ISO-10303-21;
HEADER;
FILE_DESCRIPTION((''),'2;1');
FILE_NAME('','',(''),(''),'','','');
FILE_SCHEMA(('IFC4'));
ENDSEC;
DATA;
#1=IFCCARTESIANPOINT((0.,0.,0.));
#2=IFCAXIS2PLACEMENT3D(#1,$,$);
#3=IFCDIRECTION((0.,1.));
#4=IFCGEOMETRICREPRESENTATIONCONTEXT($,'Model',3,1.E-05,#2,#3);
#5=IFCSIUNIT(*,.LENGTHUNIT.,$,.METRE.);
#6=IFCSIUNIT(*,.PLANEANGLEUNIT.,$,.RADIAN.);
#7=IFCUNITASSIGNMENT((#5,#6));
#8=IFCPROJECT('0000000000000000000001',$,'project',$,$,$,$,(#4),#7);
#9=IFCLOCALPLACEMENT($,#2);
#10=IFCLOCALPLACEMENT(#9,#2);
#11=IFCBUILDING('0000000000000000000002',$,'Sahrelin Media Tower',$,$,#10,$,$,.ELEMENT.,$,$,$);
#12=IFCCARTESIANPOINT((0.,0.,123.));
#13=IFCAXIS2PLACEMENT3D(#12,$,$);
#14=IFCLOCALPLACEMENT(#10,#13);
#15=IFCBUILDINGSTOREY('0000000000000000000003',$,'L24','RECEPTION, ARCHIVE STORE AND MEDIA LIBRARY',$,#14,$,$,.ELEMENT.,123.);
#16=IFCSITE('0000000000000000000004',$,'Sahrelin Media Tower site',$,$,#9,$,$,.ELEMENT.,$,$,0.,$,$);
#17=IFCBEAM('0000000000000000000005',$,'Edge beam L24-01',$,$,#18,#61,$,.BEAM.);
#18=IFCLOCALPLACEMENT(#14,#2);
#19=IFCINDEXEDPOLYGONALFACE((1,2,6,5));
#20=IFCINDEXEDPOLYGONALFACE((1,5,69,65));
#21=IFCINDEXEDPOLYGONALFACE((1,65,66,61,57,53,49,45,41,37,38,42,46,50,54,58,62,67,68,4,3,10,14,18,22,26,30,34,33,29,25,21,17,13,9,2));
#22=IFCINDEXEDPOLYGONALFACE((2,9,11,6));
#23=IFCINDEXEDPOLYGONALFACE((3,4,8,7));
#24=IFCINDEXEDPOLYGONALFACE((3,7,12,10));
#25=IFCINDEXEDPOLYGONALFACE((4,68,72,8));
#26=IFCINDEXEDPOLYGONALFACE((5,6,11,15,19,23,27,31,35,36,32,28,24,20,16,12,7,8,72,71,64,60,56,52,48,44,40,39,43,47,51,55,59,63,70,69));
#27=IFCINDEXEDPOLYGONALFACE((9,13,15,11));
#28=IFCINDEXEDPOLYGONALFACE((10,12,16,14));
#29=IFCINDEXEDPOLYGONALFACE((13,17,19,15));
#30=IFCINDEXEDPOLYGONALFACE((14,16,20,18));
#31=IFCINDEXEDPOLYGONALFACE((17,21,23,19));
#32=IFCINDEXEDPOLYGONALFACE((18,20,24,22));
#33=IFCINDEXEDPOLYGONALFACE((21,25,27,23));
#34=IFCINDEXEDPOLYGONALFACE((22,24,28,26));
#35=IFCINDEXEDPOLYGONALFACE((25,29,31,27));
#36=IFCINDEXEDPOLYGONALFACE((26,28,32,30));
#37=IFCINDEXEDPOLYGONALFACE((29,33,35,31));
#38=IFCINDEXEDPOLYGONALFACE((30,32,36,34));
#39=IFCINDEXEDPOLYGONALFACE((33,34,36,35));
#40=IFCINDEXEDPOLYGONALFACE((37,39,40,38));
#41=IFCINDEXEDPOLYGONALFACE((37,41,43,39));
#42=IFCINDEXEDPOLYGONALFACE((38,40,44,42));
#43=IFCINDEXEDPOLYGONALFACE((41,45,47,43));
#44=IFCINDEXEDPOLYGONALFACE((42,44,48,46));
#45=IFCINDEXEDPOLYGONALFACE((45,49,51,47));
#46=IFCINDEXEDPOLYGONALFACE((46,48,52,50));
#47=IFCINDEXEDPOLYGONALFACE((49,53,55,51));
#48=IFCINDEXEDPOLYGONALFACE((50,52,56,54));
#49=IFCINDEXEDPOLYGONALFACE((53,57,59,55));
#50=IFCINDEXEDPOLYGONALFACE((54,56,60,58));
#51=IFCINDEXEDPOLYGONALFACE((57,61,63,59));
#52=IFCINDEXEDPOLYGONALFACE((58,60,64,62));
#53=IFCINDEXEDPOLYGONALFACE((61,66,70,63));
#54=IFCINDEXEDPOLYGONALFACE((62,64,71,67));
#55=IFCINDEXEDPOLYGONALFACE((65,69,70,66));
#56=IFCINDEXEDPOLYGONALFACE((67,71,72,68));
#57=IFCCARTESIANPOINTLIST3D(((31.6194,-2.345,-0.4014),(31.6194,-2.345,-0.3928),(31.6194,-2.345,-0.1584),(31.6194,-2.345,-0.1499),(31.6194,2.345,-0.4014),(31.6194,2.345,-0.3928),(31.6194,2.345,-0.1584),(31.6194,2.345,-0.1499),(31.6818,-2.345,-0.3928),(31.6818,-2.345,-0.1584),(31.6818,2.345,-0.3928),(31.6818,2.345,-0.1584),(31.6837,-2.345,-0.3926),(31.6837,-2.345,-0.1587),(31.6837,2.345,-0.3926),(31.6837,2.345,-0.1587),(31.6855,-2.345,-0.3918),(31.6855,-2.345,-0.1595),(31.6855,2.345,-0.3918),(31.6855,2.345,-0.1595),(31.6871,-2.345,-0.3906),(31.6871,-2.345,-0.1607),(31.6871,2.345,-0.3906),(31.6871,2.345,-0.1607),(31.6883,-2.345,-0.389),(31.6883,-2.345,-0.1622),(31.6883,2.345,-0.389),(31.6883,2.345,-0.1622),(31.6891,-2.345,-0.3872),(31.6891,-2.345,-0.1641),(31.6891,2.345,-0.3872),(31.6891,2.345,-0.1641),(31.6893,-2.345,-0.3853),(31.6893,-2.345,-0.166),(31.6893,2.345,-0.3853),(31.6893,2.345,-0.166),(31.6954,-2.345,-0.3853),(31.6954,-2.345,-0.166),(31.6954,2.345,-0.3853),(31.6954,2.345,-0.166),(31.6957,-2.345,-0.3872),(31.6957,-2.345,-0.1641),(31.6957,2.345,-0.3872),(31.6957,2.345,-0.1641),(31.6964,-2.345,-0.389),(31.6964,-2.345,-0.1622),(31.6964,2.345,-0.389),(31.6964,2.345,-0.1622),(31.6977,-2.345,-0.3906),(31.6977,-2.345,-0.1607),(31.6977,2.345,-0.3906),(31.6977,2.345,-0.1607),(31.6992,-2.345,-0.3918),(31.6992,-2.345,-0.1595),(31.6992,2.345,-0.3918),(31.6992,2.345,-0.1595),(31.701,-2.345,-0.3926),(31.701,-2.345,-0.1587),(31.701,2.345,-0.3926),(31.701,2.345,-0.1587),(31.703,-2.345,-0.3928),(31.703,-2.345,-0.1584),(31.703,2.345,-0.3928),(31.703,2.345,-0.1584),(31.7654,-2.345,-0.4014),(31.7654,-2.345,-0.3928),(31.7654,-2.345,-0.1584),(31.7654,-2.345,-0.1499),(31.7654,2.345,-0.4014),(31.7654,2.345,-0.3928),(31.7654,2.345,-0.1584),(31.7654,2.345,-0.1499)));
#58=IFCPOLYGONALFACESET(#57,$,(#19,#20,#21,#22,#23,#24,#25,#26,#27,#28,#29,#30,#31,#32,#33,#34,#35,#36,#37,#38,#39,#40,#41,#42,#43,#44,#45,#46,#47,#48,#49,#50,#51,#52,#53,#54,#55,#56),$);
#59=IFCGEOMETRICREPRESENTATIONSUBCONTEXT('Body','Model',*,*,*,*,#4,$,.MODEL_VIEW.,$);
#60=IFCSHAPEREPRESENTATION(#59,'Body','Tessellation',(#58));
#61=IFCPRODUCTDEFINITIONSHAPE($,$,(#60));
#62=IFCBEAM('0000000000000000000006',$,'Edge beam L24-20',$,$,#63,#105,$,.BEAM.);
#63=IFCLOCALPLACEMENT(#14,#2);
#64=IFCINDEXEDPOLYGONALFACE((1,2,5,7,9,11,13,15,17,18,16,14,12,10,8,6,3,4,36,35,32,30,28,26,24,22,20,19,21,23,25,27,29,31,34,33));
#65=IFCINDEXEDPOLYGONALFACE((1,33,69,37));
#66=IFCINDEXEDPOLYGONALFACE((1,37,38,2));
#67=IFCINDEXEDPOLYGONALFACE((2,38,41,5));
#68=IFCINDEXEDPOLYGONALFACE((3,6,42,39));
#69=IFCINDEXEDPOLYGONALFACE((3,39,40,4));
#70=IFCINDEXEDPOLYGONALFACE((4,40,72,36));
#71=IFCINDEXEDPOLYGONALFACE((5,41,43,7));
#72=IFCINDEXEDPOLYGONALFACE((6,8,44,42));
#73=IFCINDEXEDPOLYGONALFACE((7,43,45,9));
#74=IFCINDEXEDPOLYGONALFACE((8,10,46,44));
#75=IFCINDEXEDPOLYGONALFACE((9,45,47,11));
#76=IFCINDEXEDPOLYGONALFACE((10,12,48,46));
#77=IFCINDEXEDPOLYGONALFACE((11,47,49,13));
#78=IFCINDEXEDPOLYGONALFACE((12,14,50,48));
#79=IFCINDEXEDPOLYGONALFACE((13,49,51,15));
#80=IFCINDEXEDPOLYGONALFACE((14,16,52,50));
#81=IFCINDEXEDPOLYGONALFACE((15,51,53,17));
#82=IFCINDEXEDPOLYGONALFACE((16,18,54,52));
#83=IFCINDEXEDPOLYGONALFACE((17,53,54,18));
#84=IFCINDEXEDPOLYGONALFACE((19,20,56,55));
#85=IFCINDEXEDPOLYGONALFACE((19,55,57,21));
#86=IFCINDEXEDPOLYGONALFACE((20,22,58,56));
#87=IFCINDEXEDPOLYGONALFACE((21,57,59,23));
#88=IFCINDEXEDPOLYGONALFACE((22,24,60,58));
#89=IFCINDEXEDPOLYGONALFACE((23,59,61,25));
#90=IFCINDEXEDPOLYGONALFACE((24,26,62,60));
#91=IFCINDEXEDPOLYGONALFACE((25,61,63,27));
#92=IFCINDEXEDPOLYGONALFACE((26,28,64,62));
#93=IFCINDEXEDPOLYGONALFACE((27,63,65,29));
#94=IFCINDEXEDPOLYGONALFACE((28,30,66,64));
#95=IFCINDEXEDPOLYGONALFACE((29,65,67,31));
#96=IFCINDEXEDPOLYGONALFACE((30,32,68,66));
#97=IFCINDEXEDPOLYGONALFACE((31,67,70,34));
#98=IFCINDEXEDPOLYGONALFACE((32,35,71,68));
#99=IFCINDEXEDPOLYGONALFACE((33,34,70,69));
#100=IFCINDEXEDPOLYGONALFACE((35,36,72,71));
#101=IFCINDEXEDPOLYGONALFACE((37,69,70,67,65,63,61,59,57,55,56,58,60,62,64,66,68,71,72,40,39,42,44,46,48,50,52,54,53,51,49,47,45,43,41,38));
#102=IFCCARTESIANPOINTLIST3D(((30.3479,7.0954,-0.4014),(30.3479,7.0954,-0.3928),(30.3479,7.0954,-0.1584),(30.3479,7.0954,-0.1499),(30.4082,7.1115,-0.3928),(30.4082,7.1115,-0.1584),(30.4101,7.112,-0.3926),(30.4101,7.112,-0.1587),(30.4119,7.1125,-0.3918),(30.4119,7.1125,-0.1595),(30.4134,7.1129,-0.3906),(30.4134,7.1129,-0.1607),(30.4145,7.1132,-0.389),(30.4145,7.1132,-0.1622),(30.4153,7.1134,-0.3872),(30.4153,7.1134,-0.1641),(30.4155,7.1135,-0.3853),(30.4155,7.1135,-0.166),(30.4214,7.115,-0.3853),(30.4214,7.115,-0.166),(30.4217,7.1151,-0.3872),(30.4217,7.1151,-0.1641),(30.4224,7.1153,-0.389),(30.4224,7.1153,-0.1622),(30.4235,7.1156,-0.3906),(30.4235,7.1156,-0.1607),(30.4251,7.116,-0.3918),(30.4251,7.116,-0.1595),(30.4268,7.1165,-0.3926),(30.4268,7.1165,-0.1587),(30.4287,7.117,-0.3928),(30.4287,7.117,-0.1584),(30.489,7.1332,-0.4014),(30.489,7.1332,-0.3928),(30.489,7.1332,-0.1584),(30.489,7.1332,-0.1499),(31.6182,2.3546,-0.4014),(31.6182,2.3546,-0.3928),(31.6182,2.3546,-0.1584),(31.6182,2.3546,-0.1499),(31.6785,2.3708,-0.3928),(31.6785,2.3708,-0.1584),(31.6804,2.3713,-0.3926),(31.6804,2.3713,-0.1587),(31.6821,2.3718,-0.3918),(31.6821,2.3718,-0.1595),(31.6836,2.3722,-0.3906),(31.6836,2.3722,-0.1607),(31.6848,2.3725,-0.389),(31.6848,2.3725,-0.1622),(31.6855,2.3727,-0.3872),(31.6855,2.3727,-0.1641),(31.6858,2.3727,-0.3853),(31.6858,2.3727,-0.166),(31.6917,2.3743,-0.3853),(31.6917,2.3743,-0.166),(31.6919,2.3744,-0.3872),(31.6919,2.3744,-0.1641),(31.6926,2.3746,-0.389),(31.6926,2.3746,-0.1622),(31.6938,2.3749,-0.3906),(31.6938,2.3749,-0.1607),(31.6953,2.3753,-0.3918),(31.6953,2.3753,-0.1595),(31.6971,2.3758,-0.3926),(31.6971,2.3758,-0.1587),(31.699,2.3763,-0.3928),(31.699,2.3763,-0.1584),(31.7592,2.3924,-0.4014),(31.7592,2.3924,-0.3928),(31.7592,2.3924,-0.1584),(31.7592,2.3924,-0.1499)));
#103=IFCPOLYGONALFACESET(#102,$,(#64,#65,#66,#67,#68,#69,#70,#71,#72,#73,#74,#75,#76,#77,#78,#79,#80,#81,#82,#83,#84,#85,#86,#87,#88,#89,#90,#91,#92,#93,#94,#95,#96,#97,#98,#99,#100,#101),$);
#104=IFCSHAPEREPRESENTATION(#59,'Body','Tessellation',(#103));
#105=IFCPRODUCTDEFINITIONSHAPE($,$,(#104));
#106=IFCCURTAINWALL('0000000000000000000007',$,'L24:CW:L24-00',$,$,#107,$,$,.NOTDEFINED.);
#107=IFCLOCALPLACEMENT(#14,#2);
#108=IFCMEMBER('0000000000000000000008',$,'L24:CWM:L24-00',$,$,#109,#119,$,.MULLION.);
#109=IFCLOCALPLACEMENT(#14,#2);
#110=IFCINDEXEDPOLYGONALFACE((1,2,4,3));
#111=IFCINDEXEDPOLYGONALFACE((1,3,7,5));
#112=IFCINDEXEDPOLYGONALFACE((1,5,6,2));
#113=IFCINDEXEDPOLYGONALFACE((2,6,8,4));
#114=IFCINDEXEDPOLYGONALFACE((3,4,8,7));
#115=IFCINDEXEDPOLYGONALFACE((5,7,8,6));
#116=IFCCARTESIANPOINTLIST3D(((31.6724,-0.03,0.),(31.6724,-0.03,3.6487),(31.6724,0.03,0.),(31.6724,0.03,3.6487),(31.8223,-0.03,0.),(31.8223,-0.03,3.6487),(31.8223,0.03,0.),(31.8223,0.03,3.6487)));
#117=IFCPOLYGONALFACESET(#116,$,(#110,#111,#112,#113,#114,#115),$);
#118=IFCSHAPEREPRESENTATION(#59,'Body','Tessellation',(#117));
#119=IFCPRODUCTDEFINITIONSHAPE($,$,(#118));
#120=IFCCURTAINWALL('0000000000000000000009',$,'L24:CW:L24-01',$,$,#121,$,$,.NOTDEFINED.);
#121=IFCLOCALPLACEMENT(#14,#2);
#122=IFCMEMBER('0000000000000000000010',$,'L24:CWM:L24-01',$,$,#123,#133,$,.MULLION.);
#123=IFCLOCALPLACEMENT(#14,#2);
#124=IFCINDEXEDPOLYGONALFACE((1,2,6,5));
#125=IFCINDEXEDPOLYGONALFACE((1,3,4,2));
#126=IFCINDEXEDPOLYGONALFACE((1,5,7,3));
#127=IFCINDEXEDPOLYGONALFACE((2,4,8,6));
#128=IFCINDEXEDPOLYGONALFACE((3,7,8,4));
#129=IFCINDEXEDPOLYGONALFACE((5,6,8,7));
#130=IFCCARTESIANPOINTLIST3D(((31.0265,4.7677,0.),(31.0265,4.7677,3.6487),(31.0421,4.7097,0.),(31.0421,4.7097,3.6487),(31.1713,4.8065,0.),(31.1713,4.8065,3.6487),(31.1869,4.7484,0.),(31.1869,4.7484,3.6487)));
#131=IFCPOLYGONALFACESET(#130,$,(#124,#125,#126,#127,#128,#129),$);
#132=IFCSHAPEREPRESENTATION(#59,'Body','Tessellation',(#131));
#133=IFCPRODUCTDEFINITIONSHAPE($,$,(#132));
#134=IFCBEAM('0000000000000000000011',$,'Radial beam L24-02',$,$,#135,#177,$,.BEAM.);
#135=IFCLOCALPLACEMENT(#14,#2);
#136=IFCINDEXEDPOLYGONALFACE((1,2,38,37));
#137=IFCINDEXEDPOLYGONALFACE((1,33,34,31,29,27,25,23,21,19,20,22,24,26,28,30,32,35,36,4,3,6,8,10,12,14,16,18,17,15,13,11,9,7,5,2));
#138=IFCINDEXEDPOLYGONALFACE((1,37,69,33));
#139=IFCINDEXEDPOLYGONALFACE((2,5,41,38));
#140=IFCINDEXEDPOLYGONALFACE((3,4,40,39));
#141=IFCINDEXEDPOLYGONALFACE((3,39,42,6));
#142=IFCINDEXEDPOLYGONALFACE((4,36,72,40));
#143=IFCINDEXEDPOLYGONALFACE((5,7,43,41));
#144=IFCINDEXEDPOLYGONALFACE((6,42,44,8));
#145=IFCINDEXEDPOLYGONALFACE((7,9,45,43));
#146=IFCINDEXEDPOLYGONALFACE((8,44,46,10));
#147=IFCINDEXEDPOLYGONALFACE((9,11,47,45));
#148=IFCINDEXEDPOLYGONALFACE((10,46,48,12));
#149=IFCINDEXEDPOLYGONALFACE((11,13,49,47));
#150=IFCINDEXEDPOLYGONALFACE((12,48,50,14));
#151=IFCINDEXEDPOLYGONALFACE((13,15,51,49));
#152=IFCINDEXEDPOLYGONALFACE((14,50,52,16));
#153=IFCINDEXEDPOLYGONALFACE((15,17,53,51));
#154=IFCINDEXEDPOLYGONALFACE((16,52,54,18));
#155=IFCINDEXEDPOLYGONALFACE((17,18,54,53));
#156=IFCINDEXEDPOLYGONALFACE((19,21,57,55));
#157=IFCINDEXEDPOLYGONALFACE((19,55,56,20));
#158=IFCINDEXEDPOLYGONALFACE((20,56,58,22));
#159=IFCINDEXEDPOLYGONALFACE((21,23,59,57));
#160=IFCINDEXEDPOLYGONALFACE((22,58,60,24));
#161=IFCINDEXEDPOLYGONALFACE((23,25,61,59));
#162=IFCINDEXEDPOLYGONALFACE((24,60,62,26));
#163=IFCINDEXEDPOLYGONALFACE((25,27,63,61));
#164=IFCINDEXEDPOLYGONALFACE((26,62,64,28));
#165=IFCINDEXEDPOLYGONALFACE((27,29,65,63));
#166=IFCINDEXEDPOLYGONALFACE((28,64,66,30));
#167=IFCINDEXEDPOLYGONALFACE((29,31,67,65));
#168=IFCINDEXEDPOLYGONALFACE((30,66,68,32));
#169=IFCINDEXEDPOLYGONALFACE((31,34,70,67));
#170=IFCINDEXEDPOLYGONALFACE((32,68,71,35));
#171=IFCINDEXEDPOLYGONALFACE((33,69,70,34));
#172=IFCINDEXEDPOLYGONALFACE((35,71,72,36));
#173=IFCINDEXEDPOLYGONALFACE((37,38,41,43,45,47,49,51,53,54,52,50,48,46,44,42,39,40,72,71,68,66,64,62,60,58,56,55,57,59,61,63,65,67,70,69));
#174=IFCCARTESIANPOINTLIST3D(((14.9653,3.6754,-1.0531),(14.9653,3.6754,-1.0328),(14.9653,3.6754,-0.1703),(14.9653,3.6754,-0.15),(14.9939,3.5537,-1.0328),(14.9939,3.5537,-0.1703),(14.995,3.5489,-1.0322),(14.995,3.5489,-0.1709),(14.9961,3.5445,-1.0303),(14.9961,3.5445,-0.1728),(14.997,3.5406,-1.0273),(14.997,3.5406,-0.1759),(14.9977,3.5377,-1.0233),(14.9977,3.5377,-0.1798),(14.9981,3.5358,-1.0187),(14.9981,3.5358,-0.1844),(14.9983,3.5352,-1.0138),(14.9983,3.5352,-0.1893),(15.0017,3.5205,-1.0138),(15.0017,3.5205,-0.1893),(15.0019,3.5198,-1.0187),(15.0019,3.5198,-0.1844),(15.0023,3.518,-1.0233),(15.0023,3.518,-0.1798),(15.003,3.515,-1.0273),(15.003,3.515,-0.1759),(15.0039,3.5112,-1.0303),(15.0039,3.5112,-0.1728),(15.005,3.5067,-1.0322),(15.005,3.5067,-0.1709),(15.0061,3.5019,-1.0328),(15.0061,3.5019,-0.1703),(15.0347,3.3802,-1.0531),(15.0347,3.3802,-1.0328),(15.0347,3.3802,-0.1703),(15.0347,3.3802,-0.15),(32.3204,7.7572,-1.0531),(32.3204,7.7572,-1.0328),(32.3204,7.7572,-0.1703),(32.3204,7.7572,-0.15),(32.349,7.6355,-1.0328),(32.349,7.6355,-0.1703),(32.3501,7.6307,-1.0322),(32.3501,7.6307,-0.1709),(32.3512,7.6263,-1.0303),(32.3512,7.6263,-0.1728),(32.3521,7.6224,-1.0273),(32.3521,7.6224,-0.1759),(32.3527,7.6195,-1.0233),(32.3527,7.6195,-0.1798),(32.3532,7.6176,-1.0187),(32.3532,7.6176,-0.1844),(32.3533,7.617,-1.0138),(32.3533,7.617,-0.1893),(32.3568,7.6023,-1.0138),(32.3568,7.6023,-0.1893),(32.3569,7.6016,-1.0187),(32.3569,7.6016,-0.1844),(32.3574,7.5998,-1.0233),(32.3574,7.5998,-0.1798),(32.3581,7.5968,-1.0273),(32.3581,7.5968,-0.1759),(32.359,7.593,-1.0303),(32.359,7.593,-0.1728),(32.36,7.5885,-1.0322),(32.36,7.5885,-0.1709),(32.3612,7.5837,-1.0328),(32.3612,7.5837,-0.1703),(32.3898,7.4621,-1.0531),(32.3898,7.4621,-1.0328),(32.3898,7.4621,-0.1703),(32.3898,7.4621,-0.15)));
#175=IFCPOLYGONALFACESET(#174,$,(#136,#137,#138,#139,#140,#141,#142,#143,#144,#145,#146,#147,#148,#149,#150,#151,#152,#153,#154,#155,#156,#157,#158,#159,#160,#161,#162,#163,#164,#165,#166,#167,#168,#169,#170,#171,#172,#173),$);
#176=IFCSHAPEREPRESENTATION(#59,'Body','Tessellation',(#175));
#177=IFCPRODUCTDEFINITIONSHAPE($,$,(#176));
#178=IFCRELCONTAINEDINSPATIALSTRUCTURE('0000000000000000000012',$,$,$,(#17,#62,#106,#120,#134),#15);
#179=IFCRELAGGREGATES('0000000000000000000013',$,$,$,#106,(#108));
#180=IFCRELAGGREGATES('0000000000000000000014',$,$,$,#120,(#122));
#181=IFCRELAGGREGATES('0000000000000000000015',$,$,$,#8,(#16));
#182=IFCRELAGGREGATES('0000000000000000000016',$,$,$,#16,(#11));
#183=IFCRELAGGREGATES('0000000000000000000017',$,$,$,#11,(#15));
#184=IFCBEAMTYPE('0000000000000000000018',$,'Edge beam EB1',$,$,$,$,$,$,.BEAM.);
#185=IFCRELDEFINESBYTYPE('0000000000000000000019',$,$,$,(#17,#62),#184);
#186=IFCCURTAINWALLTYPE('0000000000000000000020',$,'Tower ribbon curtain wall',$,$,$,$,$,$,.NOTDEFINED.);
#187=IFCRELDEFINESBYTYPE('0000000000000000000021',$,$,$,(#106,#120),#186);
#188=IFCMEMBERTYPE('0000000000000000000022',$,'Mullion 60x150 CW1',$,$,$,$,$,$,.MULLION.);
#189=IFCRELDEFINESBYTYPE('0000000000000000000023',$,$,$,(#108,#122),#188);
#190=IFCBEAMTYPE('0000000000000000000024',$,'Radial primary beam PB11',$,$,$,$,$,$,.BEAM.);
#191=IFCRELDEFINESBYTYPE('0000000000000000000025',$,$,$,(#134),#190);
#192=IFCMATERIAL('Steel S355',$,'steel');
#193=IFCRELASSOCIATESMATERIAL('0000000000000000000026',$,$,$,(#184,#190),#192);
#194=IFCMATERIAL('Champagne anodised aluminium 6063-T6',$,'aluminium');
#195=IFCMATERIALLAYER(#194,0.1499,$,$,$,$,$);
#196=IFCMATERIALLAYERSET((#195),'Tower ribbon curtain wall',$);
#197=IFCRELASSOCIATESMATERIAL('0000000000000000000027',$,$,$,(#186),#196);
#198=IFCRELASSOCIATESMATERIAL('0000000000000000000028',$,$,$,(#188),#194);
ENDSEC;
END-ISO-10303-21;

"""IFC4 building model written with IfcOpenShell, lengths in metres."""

from ifc_helpers import new_model, si_unit, direction, frame, origin, origin_2d, place, context, subcontext, project, spatial, rectangle, i_section, extrude, material, layer, layer_set, material_profile, profile_set, type_object, element, aggregate, save


model = new_model("IFC4")

# Units and contexts
model_context = context("Model", 3, precision=1e-05, world=origin(), true_north=direction((0.0, 1.0)))
body_context = subcontext(model_context, "Body", "Model", "MODEL_VIEW")
ifc_project = project(units=[si_unit("LENGTHUNIT", "METRE"), si_unit("PLANEANGLEUNIT", "RADIAN")], contexts=[model_context])

# Site, building, storey
site_placement = place(None, origin())
site = spatial("IfcSite", under=ifc_project, at=site_placement, Name="Sahrelin Media Tower site", CompositionType="ELEMENT", RefElevation=0.0)
building_placement = place(site_placement, origin())
building = spatial("IfcBuilding", under=site, at=building_placement, Name="Sahrelin Media Tower", CompositionType="ELEMENT")
storey_placement = place(building_placement, frame((0.0, 0.0, 123.0)))
storey = spatial("IfcBuildingStorey", under=building, at=storey_placement, Name="L24", Description="RECEPTION, ARCHIVE STORE AND MEDIA LIBRARY", CompositionType="ELEMENT", Elevation=123.0)

# Beams
ifc_material_1 = material(Name="Steel S355", Category="steel")
ifc_material_profile_1 = material_profile(ifc_material_1, i_section(OverallWidth=0.146, OverallDepth=0.2515, WebThickness=0.0061, FlangeThickness=0.0085, FilletRadius=0.0076, at=origin_2d()), Name="UB 254x146x31")
ifc_profile_set_1 = profile_set([ifc_material_profile_1], Name="Steel S355")
beam_type_1 = type_object("IfcBeamType", Name="Edge beam EB1", PredefinedType="BEAM", material=ifc_profile_set_1)
beam_1_placement = place(storey_placement, frame((31.6924, 2.345, -0.2756), z_axis=(0.0, -1.0, 0.0), x_axis=(1.0, 0.0, 0.0)))
element("IfcBeam", 1, at=beam_1_placement, inside=storey, type_object=beam_type_1, Name="Edge beam L24-01", PredefinedType="BEAM", context=body_context, shape_type="SweptSolid", body=[
    extrude(i_section(OverallWidth=0.146, OverallDepth=0.2515, WebThickness=0.0061, FlangeThickness=0.0085, FilletRadius=0.0076, at=origin_2d()), origin(), (0.0, 0.0, 1.0), 4.6899),
])
beam_2_placement = place(storey_placement, frame((30.4185, 7.1143, -0.2756), z_axis=(0.258817, -0.965926, 0.0), x_axis=(0.965926, 0.258817, 0.0)))
element("IfcBeam", 2, at=beam_2_placement, inside=storey, type_object=beam_type_1, Name="Edge beam L24-20", PredefinedType="BEAM", context=body_context, shape_type="SweptSolid", body=[
    extrude(i_section(OverallWidth=0.146, OverallDepth=0.2515, WebThickness=0.0061, FlangeThickness=0.0085, FilletRadius=0.0076, at=origin_2d()), origin(), (0.0, 0.0, 1.0), 4.908),
])

# Curtain walls, members
ifc_material_2 = material(Name="Champagne anodised aluminium 6063-T6", Category="aluminium")
ifc_layer_1 = layer(ifc_material_2, 0.1499)
ifc_layer_set_1 = layer_set([ifc_layer_1], Name="Tower ribbon curtain wall")
curtain_wall_type = type_object("IfcCurtainWallType", Name="Tower ribbon curtain wall", PredefinedType="NOTDEFINED", material=ifc_layer_set_1)
curtain_wall_1_placement = place(storey_placement, frame((31.8423, 0.0, 0.0), z_axis=(0.0, 0.0, 1.0), x_axis=(1.0, 0.0, 0.0)))
curtain_wall_1 = element("IfcCurtainWall", 3, at=curtain_wall_1_placement, inside=storey, type_object=curtain_wall_type, Name="L24:CW:L24-00", PredefinedType="NOTDEFINED")
ifc_material_profile_2 = material_profile(ifc_material_2, rectangle(XDim=0.0601, YDim=0.1499, at=origin_2d()), Name="Mullion 60x150")
ifc_profile_set_2 = profile_set([ifc_material_profile_2], Name="Champagne anodised aluminium 6063-T6")
member_type_1 = type_object("IfcMemberType", Name="Mullion 60x150 CW1", PredefinedType="MULLION", material=ifc_profile_set_2)
member_1_placement = place(storey_placement, frame((31.7473, 0.0, 0.0), z_axis=(0.0, 0.0, 1.0), x_axis=(0.0, 1.0, 0.0)))
member_1 = element("IfcMember", 4, at=member_1_placement, type_object=member_type_1, Name="L24:CWM:L24-00", PredefinedType="MULLION", context=body_context, shape_type="SweptSolid", body=[
    extrude(rectangle(XDim=0.0601, YDim=0.1499, at=origin_2d()), origin(), (0.0, 0.0, 1.0), 3.6487),
])
aggregate(curtain_wall_1, [member_1])
curtain_wall_2_placement = place(storey_placement, frame((31.1985, 4.7827, 0.0), z_axis=(0.0, 0.0, 1.0), x_axis=(1.0, 0.0, 0.0)))
curtain_wall_2 = element("IfcCurtainWall", 5, at=curtain_wall_2_placement, inside=storey, type_object=curtain_wall_type, Name="L24:CW:L24-01", PredefinedType="NOTDEFINED")
member_2_placement = place(storey_placement, frame((31.1067, 4.7581, 0.0), z_axis=(0.0, 0.0, 1.0), x_axis=(-0.258812, 0.965928, 0.0)))
member_2 = element("IfcMember", 6, at=member_2_placement, type_object=member_type_1, Name="L24:CWM:L24-01", PredefinedType="MULLION", context=body_context, shape_type="SweptSolid", body=[
    extrude(rectangle(XDim=0.0601, YDim=0.1499, at=origin_2d()), origin(), (0.0, 0.0, 1.0), 3.6487),
])

# Beam
ifc_material_profile_3 = material_profile(ifc_material_1, i_section(OverallWidth=0.3032, OverallDepth=0.9031, WebThickness=0.0151, FlangeThickness=0.0203, FilletRadius=0.019, at=origin_2d()), Name="UB 914x305x201")
ifc_profile_set_3 = profile_set([ifc_material_profile_3], Name="Steel S355")
beam_type_2 = type_object("IfcBeamType", Name="Radial primary beam PB11", PredefinedType="BEAM", material=ifc_profile_set_3)
beam_3_placement = place(storey_placement, frame((15.0, 3.5278, -0.6016), z_axis=(0.973439, 0.228947, 0.0), x_axis=(-0.228947, 0.973439, 0.0)))
element("IfcBeam", 7, at=beam_3_placement, inside=storey, type_object=beam_type_2, Name="Radial beam L24-02", PredefinedType="BEAM", context=body_context, shape_type="SweptSolid", body=[
    extrude(i_section(OverallWidth=0.3032, OverallDepth=0.9031, WebThickness=0.0151, FlangeThickness=0.0203, FilletRadius=0.019, at=origin_2d()), origin(), (0.0, 0.0, 1.0), 17.8286),
])

aggregate(curtain_wall_2, [member_2])

save(model, "model.ifc")
